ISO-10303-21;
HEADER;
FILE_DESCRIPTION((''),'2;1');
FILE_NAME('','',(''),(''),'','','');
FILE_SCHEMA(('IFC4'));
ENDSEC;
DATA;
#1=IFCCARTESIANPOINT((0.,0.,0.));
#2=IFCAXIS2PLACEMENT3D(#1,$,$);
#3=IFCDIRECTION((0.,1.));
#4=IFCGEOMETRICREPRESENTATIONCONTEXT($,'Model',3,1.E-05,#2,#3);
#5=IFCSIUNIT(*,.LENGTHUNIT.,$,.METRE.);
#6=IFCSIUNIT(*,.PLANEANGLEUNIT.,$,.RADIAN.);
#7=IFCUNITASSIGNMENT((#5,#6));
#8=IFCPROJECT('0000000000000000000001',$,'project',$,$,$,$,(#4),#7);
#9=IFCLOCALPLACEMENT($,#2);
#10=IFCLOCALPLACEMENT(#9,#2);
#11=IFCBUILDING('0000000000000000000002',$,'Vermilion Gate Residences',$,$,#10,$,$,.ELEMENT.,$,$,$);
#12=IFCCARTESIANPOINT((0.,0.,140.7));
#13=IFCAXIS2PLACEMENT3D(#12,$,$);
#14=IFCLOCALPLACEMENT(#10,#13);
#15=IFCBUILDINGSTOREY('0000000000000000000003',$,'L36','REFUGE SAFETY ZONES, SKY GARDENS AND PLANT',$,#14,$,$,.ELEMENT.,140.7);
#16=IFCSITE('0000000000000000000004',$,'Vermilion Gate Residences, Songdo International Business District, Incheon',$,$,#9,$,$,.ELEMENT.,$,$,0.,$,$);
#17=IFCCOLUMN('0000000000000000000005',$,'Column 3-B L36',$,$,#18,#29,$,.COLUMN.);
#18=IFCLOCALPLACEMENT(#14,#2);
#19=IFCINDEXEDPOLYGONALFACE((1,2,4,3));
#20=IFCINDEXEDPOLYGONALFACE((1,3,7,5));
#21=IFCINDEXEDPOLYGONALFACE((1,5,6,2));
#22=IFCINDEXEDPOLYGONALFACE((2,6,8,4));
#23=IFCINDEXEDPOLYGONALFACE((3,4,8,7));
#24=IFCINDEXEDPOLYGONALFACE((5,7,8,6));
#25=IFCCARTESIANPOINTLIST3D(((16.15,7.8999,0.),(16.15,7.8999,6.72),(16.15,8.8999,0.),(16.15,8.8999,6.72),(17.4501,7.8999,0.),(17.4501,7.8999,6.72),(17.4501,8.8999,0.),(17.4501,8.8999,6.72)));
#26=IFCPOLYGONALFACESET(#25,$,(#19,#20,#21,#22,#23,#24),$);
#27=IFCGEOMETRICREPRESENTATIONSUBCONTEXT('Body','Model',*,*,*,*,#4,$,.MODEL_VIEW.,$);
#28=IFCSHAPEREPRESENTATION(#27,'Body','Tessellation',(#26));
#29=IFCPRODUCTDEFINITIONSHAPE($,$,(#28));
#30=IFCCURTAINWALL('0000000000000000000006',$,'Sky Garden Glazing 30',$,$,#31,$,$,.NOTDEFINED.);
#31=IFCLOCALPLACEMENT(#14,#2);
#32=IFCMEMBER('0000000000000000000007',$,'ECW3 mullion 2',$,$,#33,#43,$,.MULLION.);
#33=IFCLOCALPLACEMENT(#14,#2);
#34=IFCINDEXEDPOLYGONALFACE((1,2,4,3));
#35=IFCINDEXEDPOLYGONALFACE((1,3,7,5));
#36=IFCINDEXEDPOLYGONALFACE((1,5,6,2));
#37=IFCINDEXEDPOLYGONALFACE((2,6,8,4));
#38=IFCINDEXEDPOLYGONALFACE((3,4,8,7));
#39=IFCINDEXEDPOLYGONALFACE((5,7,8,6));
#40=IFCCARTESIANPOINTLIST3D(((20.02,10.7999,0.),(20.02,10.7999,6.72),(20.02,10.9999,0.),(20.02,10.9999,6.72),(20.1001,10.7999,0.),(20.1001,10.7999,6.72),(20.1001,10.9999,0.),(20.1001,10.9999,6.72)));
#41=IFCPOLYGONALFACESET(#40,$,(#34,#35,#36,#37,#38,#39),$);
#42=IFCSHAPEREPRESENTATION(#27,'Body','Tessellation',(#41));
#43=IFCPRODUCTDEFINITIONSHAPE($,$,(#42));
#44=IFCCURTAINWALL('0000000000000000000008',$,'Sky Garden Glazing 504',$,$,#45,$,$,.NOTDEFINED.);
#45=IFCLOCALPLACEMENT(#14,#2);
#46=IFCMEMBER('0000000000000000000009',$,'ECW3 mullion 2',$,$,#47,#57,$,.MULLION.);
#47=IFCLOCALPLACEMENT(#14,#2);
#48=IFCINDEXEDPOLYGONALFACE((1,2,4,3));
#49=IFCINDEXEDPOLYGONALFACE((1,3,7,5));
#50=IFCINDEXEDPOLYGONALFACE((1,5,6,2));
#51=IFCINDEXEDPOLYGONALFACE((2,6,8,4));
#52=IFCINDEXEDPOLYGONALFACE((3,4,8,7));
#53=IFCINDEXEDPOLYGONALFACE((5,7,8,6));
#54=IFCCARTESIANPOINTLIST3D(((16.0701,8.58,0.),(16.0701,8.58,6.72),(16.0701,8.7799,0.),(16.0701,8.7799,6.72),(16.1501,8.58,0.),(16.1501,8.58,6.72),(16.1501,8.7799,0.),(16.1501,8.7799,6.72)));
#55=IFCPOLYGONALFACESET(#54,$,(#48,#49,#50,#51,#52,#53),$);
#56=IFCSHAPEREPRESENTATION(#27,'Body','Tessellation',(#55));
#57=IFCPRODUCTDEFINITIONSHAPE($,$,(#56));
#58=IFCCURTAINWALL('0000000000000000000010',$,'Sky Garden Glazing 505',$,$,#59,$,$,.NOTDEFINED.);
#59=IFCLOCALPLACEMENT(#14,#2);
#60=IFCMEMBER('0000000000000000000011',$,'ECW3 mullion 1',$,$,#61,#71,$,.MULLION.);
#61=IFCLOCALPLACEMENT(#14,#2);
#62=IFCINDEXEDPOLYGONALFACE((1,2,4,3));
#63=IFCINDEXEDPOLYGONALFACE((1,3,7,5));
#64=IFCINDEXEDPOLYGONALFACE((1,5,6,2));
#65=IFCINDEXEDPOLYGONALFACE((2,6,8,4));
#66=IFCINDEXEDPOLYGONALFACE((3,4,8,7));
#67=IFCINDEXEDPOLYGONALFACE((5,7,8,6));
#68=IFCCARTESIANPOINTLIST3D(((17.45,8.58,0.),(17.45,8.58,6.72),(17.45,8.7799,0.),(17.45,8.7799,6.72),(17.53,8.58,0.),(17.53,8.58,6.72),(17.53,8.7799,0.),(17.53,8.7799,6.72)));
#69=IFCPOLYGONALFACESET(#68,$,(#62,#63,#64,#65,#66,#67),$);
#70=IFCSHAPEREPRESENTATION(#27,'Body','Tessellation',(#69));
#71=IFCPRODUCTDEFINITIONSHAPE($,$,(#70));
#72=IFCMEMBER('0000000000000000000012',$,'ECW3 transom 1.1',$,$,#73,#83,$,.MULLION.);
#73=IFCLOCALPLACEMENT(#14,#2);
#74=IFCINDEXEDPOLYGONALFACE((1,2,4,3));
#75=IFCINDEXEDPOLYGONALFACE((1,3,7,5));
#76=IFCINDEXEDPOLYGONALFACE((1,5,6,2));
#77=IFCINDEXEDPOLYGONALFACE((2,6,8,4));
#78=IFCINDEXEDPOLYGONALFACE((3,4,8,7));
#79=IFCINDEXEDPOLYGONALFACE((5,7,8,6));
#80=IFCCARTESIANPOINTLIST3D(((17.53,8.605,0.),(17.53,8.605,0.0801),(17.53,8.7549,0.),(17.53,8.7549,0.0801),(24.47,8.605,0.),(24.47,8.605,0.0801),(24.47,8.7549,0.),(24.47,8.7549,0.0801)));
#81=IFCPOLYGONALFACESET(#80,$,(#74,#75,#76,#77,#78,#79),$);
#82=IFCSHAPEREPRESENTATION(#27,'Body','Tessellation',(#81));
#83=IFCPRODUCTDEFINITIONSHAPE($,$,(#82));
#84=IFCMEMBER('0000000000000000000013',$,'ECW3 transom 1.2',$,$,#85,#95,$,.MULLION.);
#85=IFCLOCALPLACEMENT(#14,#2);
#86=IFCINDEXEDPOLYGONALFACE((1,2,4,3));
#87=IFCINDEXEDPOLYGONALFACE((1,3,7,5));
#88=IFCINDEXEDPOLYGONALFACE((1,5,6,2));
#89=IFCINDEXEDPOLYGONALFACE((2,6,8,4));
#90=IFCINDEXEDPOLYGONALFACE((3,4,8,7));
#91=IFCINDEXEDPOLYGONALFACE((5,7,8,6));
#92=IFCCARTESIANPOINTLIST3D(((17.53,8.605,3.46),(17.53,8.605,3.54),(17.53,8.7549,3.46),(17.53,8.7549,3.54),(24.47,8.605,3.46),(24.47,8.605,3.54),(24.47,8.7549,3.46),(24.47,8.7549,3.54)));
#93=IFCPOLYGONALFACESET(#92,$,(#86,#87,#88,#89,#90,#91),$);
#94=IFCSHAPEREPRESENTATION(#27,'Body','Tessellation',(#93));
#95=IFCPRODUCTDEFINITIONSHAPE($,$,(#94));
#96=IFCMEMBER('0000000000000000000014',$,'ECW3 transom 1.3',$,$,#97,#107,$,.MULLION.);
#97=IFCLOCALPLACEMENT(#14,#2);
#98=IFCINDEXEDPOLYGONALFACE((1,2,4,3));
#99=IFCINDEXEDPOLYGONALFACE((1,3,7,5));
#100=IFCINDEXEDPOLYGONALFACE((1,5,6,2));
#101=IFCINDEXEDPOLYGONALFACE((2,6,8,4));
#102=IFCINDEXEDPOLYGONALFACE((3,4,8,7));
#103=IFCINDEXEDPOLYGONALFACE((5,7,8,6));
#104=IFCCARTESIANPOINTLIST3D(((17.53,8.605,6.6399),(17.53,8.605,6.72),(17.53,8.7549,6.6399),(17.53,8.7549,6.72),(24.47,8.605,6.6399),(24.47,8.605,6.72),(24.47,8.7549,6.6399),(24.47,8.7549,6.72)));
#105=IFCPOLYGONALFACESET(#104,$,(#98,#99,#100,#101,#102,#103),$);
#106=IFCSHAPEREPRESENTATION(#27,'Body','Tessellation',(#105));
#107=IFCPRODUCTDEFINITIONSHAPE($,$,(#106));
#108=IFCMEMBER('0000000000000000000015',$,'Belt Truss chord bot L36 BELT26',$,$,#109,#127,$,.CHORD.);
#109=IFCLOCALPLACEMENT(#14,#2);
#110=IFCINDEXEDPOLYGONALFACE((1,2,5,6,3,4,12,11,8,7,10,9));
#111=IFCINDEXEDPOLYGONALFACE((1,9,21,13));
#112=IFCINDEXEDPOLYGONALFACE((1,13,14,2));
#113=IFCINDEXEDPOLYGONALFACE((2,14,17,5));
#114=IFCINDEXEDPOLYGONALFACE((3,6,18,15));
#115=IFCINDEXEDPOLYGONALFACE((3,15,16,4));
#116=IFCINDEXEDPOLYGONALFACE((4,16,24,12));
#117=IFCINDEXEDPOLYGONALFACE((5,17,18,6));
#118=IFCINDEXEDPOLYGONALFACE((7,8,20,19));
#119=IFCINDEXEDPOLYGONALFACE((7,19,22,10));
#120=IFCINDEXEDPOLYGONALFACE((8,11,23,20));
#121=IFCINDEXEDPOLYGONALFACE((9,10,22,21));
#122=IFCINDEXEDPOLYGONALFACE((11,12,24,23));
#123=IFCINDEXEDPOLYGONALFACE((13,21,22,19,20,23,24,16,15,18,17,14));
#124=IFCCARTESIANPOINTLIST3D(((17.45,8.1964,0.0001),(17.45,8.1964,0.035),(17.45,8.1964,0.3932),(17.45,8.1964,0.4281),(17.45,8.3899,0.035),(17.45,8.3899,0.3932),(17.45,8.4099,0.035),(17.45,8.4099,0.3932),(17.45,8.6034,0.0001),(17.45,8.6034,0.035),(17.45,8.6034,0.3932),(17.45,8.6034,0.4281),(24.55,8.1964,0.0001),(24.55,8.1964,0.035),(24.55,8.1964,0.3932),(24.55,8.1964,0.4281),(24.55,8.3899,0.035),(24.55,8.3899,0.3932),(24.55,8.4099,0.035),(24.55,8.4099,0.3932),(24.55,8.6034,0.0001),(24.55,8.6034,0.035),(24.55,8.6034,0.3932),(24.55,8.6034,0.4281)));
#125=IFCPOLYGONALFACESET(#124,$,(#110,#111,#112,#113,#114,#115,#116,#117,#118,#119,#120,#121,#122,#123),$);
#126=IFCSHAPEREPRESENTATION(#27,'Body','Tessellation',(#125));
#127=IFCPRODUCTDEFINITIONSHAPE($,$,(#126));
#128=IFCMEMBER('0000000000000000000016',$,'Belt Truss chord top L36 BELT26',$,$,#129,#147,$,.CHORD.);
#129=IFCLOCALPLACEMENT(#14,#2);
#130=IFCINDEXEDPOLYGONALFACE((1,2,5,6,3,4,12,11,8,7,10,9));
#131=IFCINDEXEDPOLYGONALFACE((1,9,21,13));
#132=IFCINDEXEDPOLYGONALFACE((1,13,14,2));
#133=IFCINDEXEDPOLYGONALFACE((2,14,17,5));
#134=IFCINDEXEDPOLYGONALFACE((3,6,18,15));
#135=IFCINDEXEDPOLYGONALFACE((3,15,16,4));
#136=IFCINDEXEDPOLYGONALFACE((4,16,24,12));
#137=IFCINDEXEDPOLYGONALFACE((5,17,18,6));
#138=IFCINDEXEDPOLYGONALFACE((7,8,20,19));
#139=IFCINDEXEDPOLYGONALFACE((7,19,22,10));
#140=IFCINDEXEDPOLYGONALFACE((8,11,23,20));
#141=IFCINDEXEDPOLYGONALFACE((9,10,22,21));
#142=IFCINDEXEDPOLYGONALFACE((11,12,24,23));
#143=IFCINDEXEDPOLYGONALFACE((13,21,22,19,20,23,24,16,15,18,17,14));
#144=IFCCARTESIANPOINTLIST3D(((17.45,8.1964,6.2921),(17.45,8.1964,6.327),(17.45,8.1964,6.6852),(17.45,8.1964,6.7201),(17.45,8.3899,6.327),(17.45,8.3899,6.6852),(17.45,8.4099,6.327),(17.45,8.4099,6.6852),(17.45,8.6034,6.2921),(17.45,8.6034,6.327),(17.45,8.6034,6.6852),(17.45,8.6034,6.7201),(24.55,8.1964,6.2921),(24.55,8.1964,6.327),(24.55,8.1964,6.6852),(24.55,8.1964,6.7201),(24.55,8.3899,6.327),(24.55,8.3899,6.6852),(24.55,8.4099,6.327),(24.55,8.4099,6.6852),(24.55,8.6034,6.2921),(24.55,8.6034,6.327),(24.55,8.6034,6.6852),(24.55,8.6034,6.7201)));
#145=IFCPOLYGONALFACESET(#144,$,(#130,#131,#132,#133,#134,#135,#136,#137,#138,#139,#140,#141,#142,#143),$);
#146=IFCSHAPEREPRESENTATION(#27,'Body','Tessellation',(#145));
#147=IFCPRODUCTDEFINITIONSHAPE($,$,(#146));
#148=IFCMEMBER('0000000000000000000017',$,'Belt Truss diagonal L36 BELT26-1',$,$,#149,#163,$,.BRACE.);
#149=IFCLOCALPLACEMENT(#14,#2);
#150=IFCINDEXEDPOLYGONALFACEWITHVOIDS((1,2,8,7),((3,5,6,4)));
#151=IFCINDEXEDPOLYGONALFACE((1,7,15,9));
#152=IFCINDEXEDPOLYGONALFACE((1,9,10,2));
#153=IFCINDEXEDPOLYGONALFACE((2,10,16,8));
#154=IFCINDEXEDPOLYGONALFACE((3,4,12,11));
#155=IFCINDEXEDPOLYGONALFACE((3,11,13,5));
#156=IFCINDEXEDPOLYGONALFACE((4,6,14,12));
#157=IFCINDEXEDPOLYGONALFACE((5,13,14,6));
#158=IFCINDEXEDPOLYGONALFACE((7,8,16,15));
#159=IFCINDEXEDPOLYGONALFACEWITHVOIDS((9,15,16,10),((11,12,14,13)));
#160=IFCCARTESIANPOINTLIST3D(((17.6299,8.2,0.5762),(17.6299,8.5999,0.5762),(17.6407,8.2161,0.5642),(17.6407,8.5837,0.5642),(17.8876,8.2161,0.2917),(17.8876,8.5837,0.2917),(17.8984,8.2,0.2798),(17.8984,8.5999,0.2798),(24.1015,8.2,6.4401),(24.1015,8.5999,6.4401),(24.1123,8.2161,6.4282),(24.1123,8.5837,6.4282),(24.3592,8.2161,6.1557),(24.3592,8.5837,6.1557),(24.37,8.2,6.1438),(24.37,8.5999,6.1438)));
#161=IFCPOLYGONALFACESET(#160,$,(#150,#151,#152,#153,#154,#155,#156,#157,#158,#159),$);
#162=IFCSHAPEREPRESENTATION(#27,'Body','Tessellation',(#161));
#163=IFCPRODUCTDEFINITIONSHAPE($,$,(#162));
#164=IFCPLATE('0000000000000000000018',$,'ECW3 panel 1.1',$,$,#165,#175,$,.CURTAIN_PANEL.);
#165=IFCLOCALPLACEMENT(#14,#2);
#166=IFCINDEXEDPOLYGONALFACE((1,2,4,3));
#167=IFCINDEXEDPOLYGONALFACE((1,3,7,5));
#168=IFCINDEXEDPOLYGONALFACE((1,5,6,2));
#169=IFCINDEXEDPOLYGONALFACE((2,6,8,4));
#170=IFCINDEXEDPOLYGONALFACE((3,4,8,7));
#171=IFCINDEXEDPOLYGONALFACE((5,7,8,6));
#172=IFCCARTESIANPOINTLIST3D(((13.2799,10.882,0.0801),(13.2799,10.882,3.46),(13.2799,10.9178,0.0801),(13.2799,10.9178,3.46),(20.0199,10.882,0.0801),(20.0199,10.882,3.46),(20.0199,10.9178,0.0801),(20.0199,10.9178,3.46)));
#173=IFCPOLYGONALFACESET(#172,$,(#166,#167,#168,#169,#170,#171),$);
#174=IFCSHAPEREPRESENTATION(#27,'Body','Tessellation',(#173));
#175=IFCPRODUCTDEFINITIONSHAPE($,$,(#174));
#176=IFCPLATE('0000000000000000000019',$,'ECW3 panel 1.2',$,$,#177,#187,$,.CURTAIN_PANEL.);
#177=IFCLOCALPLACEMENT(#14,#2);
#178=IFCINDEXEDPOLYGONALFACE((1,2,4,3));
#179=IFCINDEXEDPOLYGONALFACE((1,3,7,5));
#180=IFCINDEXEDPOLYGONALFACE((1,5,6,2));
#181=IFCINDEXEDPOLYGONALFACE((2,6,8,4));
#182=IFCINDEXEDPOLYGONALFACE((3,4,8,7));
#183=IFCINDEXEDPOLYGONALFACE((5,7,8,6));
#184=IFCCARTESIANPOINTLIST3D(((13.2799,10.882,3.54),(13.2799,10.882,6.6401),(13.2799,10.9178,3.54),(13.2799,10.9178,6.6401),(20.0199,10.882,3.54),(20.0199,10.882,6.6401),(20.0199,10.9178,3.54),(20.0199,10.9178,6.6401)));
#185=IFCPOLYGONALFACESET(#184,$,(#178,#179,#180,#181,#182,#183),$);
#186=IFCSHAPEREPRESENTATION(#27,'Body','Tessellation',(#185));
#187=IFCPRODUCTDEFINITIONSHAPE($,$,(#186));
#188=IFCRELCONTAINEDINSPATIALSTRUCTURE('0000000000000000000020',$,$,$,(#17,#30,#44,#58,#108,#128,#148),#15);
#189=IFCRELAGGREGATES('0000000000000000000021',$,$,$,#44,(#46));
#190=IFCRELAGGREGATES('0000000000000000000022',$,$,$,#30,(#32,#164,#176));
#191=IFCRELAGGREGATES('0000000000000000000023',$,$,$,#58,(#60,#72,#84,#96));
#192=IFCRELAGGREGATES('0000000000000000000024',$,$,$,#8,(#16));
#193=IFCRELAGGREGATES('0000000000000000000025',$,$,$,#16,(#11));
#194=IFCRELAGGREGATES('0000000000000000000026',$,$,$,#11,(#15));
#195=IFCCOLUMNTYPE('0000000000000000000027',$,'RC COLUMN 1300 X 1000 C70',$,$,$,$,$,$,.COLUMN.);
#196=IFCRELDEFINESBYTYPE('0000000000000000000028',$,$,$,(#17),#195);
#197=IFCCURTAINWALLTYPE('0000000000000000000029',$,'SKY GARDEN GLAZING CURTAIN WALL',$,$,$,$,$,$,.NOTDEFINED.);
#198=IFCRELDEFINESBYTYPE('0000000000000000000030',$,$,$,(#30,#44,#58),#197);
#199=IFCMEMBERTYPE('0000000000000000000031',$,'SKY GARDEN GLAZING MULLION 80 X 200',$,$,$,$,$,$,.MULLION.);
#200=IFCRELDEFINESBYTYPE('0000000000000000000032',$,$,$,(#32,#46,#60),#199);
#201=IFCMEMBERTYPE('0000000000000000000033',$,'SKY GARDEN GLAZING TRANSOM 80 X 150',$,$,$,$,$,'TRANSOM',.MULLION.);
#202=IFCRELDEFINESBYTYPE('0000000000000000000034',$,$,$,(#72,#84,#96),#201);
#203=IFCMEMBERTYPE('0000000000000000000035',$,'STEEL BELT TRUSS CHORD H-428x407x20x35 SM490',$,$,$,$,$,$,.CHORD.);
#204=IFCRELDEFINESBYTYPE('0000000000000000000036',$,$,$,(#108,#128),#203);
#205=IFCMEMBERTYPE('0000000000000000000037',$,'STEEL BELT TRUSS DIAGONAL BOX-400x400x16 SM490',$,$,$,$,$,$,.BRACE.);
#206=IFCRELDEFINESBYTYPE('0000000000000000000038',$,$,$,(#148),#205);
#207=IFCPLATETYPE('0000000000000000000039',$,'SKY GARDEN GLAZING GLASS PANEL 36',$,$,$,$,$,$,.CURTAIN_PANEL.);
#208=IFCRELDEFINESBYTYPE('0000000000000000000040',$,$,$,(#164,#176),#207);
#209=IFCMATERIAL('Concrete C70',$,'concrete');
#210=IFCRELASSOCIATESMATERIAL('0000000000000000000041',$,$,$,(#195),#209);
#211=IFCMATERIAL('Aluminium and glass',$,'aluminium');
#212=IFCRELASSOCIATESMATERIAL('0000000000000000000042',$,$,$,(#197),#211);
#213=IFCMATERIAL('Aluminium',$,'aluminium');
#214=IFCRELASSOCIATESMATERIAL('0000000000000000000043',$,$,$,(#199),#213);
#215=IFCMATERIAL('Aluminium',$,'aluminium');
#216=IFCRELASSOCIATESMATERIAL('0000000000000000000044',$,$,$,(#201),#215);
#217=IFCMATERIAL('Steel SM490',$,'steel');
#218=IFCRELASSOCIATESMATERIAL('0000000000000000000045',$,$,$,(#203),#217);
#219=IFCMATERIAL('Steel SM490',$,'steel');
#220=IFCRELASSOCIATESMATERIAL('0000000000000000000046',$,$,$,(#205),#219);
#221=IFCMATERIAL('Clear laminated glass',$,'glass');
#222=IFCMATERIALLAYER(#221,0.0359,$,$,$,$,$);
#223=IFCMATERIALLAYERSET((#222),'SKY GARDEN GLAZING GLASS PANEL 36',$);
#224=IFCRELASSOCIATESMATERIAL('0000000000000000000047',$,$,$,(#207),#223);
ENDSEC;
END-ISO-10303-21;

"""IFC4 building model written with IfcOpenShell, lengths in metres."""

from ifc_helpers import new_model, si_unit, direction, frame, origin, origin_2d, place, context, subcontext, project, spatial, rectangle, hollow_rectangle, i_section, extrude, material, layer, layer_set, material_profile, profile_set, type_object, element, aggregate, save


model = new_model("IFC4")

# Units and contexts
model_context = context("Model", 3, precision=1e-05, world=origin(), true_north=direction((0.0, 1.0)))
body_context = subcontext(model_context, "Body", "Model", "MODEL_VIEW")
ifc_project = project(units=[si_unit("LENGTHUNIT", "METRE"), si_unit("PLANEANGLEUNIT", "RADIAN")], contexts=[model_context])

# Site, building, storey
site_placement = place(None, origin())
site = spatial("IfcSite", under=ifc_project, at=site_placement, Name="Vermilion Gate Residences, Songdo International Business District, Incheon", CompositionType="ELEMENT", RefElevation=0.0)
building_placement = place(site_placement, origin())
building = spatial("IfcBuilding", under=site, at=building_placement, Name="Vermilion Gate Residences", CompositionType="ELEMENT")
storey_placement = place(building_placement, frame((0.0, 0.0, 140.7)))
storey = spatial("IfcBuildingStorey", under=building, at=storey_placement, Name="L36", Description="REFUGE SAFETY ZONES, SKY GARDENS AND PLANT", CompositionType="ELEMENT", Elevation=140.7)

# Column
ifc_material_1 = material(Name="Concrete C70", Category="concrete")
ifc_material_profile_1 = material_profile(ifc_material_1, rectangle(XDim=1.3, YDim=1.0, at=origin_2d()), Name="RC-1300x1000")
ifc_profile_set_1 = profile_set([ifc_material_profile_1], Name="Concrete C70")
column_type = type_object("IfcColumnType", Name="RC COLUMN 1300 X 1000 C70", PredefinedType="COLUMN", material=ifc_profile_set_1)
column_placement = place(storey_placement, frame((16.8, 8.3999, 0.0), z_axis=(0.0, 0.0, 1.0), x_axis=(1.0, 0.0, 0.0)))
element("IfcColumn", 1, at=column_placement, inside=storey, type_object=column_type, Name="Column 3-B L36", PredefinedType="COLUMN", context=body_context, shape_type="SweptSolid", body=[
    extrude(rectangle(XDim=1.3, YDim=1.0, at=origin_2d()), origin(), (0.0, 0.0, 1.0), 6.72),
])

# Curtain walls, members
ifc_material_2 = material(Name="Aluminium and glass", Category="aluminium")
curtain_wall_type = type_object("IfcCurtainWallType", Name="SKY GARDEN GLAZING CURTAIN WALL", PredefinedType="NOTDEFINED", material=ifc_material_2)
curtain_wall_1_placement = place(storey_placement, origin())
curtain_wall_1 = element("IfcCurtainWall", 2, at=curtain_wall_1_placement, inside=storey, type_object=curtain_wall_type, Name="Sky Garden Glazing 30", PredefinedType="NOTDEFINED")
ifc_material_3 = material(Name="Aluminium", Category="aluminium")
ifc_material_profile_2 = material_profile(ifc_material_3, rectangle(XDim=0.2, YDim=0.0801, at=origin_2d()), Name="MULLION 80 X 200")
ifc_profile_set_2 = profile_set([ifc_material_profile_2], Name="Aluminium")
member_type_1 = type_object("IfcMemberType", Name="SKY GARDEN GLAZING MULLION 80 X 200", PredefinedType="MULLION", material=ifc_profile_set_2)
member_1_placement = place(storey_placement, frame((20.0601, 10.8999, 0.0), z_axis=(0.0, 0.0, 1.0), x_axis=(0.0, 1.0, 0.0)))
member_1 = element("IfcMember", 3, at=member_1_placement, type_object=member_type_1, Name="ECW3 mullion 2", PredefinedType="MULLION", context=body_context, shape_type="SweptSolid", body=[
    extrude(rectangle(XDim=0.2, YDim=0.0801, at=origin_2d()), origin(), (0.0, 0.0, 1.0), 6.72),
])
curtain_wall_2_placement = place(storey_placement, origin())
curtain_wall_2 = element("IfcCurtainWall", 4, at=curtain_wall_2_placement, inside=storey, type_object=curtain_wall_type, Name="Sky Garden Glazing 504", PredefinedType="NOTDEFINED")
member_2_placement = place(storey_placement, frame((16.1101, 8.6799, 0.0), z_axis=(0.0, 0.0, 1.0), x_axis=(0.0, 1.0, 0.0)))
member_2 = element("IfcMember", 5, at=member_2_placement, type_object=member_type_1, Name="ECW3 mullion 2", PredefinedType="MULLION", context=body_context, shape_type="SweptSolid", body=[
    extrude(rectangle(XDim=0.2, YDim=0.0801, at=origin_2d()), origin(), (0.0, 0.0, 1.0), 6.72),
])
aggregate(curtain_wall_2, [member_2])

# Curtain wall, members
curtain_wall_3_placement = place(storey_placement, origin())
curtain_wall_3 = element("IfcCurtainWall", 6, at=curtain_wall_3_placement, inside=storey, type_object=curtain_wall_type, Name="Sky Garden Glazing 505", PredefinedType="NOTDEFINED")
member_3_placement = place(storey_placement, frame((17.49, 8.6799, 0.0), z_axis=(0.0, 0.0, 1.0), x_axis=(0.0, 1.0, 0.0)))
member_3 = element("IfcMember", 7, at=member_3_placement, type_object=member_type_1, Name="ECW3 mullion 1", PredefinedType="MULLION", context=body_context, shape_type="SweptSolid", body=[
    extrude(rectangle(XDim=0.2, YDim=0.0801, at=origin_2d()), origin(), (0.0, 0.0, 1.0), 6.72),
])
ifc_material_4 = material(Name="Aluminium", Category="aluminium")
ifc_material_profile_3 = material_profile(ifc_material_4, rectangle(XDim=0.1499, YDim=0.0801, at=origin_2d()), Name="TRANSOM 80 X 150")
ifc_profile_set_3 = profile_set([ifc_material_profile_3], Name="Aluminium")
member_type_2 = type_object("IfcMemberType", Name="SKY GARDEN GLAZING TRANSOM 80 X 150", ElementType="TRANSOM", PredefinedType="MULLION", material=ifc_profile_set_3)
member_4_placement = place(storey_placement, frame((17.53, 8.6799, 0.04), z_axis=(1.0, 0.0, 0.0), x_axis=(0.0, 1.0, 0.0)))
member_4 = element("IfcMember", 8, at=member_4_placement, type_object=member_type_2, Name="ECW3 transom 1.1", PredefinedType="MULLION", context=body_context, shape_type="SweptSolid", body=[
    extrude(rectangle(XDim=0.1499, YDim=0.0801, at=origin_2d()), origin(), (0.0, 0.0, 1.0), 6.9399),
])
member_5_placement = place(storey_placement, frame((17.53, 8.6799, 3.5), z_axis=(1.0, 0.0, 0.0), x_axis=(0.0, 1.0, 0.0)))
member_5 = element("IfcMember", 9, at=member_5_placement, type_object=member_type_2, Name="ECW3 transom 1.2", PredefinedType="MULLION", context=body_context, shape_type="SweptSolid", body=[
    extrude(rectangle(XDim=0.1499, YDim=0.0801, at=origin_2d()), origin(), (0.0, 0.0, 1.0), 6.9399),
])
member_6_placement = place(storey_placement, frame((17.53, 8.6799, 6.6799), z_axis=(1.0, 0.0, 0.0), x_axis=(0.0, 1.0, 0.0)))
member_6 = element("IfcMember", 10, at=member_6_placement, type_object=member_type_2, Name="ECW3 transom 1.3", PredefinedType="MULLION", context=body_context, shape_type="SweptSolid", body=[
    extrude(rectangle(XDim=0.1499, YDim=0.0801, at=origin_2d()), origin(), (0.0, 0.0, 1.0), 6.9399),
])

# Members
ifc_material_5 = material(Name="Steel SM490", Category="steel")
ifc_material_profile_4 = material_profile(ifc_material_5, i_section(OverallWidth=0.407, OverallDepth=0.428, WebThickness=0.02, FlangeThickness=0.0349, at=origin_2d()), Name="H-428x407x20x35")
ifc_profile_set_4 = profile_set([ifc_material_profile_4], Name="Steel SM490")
member_type_3 = type_object("IfcMemberType", Name="STEEL BELT TRUSS CHORD H-428x407x20x35 SM490", PredefinedType="CHORD", material=ifc_profile_set_4)
for number, where, z_axis, x_axis, name in (
    (11, (17.45, 8.3999, 0.2141), (1.0, 0.0, 0.0), (0.0, 1.0, 0.0), "Belt Truss chord bot L36 BELT26"),
    (12, (17.45, 8.3999, 6.5061), (1.0, 0.0, 0.0), (0.0, 1.0, 0.0), "Belt Truss chord top L36 BELT26"),
):
    element("IfcMember", number, at=place(storey_placement, frame(where, z_axis=z_axis, x_axis=x_axis)), inside=storey, type_object=member_type_3, Name=name, PredefinedType="CHORD", context=body_context, shape_type="SweptSolid", body=[
        extrude(i_section(OverallWidth=0.407, OverallDepth=0.428, WebThickness=0.02, FlangeThickness=0.0349, at=origin_2d()), origin(), (0.0, 0.0, 1.0), 7.1001),
    ])
ifc_material_6 = material(Name="Steel SM490", Category="steel")
ifc_material_profile_5 = material_profile(ifc_material_6, hollow_rectangle(XDim=0.3999, YDim=0.3999, WallThickness=0.0161, at=origin_2d()), Name="BOX-400x400x16")
ifc_profile_set_5 = profile_set([ifc_material_profile_5], Name="Steel SM490")
member_type_4 = type_object("IfcMemberType", Name="STEEL BELT TRUSS DIAGONAL BOX-400x400x16 SM490", PredefinedType="BRACE", material=ifc_profile_set_5)
member_7_placement = place(storey_placement, frame((17.7642, 8.3999, 0.428), z_axis=(0.741041, 0.0, 0.67146), x_axis=(0.0, 1.0, 0.0)))
element("IfcMember", 13, at=member_7_placement, inside=storey, type_object=member_type_4, Name="Belt Truss diagonal L36 BELT26-1", PredefinedType="BRACE", context=body_context, shape_type="SweptSolid", body=[
    extrude(hollow_rectangle(XDim=0.3999, YDim=0.3999, WallThickness=0.0161, at=origin_2d()), origin(), (0.0, 0.0, 1.0), 8.7332),
])

# Plates
ifc_material_7 = material(Name="Clear laminated glass", Category="glass")
ifc_layer_1 = layer(ifc_material_7, 0.0359)
ifc_layer_set_1 = layer_set([ifc_layer_1], Name="SKY GARDEN GLAZING GLASS PANEL 36")
plate_type = type_object("IfcPlateType", Name="SKY GARDEN GLAZING GLASS PANEL 36", PredefinedType="CURTAIN_PANEL", material=ifc_layer_set_1)
plate_1_placement = place(storey_placement, frame((16.6499, 10.8999, 0.0801), z_axis=(0.0, 0.0, 1.0), x_axis=(1.0, 0.0, 0.0)))
plate_1 = element("IfcPlate", 14, at=plate_1_placement, type_object=plate_type, Name="ECW3 panel 1.1", PredefinedType="CURTAIN_PANEL", context=body_context, shape_type="SweptSolid", body=[
    extrude(rectangle(XDim=6.74, YDim=0.0359, at=origin_2d()), origin(), (0.0, 0.0, 1.0), 3.3799),
])
plate_2_placement = place(storey_placement, frame((16.6499, 10.8999, 3.54), z_axis=(0.0, 0.0, 1.0), x_axis=(1.0, 0.0, 0.0)))
plate_2 = element("IfcPlate", 15, at=plate_2_placement, type_object=plate_type, Name="ECW3 panel 1.2", PredefinedType="CURTAIN_PANEL", context=body_context, shape_type="SweptSolid", body=[
    extrude(rectangle(XDim=6.74, YDim=0.0359, at=origin_2d()), origin(), (0.0, 0.0, 1.0), 3.1001),
])
aggregate(curtain_wall_1, [member_1, plate_1, plate_2])
aggregate(curtain_wall_3, [member_3, member_4, member_5, member_6])

save(model, "model.ifc")
